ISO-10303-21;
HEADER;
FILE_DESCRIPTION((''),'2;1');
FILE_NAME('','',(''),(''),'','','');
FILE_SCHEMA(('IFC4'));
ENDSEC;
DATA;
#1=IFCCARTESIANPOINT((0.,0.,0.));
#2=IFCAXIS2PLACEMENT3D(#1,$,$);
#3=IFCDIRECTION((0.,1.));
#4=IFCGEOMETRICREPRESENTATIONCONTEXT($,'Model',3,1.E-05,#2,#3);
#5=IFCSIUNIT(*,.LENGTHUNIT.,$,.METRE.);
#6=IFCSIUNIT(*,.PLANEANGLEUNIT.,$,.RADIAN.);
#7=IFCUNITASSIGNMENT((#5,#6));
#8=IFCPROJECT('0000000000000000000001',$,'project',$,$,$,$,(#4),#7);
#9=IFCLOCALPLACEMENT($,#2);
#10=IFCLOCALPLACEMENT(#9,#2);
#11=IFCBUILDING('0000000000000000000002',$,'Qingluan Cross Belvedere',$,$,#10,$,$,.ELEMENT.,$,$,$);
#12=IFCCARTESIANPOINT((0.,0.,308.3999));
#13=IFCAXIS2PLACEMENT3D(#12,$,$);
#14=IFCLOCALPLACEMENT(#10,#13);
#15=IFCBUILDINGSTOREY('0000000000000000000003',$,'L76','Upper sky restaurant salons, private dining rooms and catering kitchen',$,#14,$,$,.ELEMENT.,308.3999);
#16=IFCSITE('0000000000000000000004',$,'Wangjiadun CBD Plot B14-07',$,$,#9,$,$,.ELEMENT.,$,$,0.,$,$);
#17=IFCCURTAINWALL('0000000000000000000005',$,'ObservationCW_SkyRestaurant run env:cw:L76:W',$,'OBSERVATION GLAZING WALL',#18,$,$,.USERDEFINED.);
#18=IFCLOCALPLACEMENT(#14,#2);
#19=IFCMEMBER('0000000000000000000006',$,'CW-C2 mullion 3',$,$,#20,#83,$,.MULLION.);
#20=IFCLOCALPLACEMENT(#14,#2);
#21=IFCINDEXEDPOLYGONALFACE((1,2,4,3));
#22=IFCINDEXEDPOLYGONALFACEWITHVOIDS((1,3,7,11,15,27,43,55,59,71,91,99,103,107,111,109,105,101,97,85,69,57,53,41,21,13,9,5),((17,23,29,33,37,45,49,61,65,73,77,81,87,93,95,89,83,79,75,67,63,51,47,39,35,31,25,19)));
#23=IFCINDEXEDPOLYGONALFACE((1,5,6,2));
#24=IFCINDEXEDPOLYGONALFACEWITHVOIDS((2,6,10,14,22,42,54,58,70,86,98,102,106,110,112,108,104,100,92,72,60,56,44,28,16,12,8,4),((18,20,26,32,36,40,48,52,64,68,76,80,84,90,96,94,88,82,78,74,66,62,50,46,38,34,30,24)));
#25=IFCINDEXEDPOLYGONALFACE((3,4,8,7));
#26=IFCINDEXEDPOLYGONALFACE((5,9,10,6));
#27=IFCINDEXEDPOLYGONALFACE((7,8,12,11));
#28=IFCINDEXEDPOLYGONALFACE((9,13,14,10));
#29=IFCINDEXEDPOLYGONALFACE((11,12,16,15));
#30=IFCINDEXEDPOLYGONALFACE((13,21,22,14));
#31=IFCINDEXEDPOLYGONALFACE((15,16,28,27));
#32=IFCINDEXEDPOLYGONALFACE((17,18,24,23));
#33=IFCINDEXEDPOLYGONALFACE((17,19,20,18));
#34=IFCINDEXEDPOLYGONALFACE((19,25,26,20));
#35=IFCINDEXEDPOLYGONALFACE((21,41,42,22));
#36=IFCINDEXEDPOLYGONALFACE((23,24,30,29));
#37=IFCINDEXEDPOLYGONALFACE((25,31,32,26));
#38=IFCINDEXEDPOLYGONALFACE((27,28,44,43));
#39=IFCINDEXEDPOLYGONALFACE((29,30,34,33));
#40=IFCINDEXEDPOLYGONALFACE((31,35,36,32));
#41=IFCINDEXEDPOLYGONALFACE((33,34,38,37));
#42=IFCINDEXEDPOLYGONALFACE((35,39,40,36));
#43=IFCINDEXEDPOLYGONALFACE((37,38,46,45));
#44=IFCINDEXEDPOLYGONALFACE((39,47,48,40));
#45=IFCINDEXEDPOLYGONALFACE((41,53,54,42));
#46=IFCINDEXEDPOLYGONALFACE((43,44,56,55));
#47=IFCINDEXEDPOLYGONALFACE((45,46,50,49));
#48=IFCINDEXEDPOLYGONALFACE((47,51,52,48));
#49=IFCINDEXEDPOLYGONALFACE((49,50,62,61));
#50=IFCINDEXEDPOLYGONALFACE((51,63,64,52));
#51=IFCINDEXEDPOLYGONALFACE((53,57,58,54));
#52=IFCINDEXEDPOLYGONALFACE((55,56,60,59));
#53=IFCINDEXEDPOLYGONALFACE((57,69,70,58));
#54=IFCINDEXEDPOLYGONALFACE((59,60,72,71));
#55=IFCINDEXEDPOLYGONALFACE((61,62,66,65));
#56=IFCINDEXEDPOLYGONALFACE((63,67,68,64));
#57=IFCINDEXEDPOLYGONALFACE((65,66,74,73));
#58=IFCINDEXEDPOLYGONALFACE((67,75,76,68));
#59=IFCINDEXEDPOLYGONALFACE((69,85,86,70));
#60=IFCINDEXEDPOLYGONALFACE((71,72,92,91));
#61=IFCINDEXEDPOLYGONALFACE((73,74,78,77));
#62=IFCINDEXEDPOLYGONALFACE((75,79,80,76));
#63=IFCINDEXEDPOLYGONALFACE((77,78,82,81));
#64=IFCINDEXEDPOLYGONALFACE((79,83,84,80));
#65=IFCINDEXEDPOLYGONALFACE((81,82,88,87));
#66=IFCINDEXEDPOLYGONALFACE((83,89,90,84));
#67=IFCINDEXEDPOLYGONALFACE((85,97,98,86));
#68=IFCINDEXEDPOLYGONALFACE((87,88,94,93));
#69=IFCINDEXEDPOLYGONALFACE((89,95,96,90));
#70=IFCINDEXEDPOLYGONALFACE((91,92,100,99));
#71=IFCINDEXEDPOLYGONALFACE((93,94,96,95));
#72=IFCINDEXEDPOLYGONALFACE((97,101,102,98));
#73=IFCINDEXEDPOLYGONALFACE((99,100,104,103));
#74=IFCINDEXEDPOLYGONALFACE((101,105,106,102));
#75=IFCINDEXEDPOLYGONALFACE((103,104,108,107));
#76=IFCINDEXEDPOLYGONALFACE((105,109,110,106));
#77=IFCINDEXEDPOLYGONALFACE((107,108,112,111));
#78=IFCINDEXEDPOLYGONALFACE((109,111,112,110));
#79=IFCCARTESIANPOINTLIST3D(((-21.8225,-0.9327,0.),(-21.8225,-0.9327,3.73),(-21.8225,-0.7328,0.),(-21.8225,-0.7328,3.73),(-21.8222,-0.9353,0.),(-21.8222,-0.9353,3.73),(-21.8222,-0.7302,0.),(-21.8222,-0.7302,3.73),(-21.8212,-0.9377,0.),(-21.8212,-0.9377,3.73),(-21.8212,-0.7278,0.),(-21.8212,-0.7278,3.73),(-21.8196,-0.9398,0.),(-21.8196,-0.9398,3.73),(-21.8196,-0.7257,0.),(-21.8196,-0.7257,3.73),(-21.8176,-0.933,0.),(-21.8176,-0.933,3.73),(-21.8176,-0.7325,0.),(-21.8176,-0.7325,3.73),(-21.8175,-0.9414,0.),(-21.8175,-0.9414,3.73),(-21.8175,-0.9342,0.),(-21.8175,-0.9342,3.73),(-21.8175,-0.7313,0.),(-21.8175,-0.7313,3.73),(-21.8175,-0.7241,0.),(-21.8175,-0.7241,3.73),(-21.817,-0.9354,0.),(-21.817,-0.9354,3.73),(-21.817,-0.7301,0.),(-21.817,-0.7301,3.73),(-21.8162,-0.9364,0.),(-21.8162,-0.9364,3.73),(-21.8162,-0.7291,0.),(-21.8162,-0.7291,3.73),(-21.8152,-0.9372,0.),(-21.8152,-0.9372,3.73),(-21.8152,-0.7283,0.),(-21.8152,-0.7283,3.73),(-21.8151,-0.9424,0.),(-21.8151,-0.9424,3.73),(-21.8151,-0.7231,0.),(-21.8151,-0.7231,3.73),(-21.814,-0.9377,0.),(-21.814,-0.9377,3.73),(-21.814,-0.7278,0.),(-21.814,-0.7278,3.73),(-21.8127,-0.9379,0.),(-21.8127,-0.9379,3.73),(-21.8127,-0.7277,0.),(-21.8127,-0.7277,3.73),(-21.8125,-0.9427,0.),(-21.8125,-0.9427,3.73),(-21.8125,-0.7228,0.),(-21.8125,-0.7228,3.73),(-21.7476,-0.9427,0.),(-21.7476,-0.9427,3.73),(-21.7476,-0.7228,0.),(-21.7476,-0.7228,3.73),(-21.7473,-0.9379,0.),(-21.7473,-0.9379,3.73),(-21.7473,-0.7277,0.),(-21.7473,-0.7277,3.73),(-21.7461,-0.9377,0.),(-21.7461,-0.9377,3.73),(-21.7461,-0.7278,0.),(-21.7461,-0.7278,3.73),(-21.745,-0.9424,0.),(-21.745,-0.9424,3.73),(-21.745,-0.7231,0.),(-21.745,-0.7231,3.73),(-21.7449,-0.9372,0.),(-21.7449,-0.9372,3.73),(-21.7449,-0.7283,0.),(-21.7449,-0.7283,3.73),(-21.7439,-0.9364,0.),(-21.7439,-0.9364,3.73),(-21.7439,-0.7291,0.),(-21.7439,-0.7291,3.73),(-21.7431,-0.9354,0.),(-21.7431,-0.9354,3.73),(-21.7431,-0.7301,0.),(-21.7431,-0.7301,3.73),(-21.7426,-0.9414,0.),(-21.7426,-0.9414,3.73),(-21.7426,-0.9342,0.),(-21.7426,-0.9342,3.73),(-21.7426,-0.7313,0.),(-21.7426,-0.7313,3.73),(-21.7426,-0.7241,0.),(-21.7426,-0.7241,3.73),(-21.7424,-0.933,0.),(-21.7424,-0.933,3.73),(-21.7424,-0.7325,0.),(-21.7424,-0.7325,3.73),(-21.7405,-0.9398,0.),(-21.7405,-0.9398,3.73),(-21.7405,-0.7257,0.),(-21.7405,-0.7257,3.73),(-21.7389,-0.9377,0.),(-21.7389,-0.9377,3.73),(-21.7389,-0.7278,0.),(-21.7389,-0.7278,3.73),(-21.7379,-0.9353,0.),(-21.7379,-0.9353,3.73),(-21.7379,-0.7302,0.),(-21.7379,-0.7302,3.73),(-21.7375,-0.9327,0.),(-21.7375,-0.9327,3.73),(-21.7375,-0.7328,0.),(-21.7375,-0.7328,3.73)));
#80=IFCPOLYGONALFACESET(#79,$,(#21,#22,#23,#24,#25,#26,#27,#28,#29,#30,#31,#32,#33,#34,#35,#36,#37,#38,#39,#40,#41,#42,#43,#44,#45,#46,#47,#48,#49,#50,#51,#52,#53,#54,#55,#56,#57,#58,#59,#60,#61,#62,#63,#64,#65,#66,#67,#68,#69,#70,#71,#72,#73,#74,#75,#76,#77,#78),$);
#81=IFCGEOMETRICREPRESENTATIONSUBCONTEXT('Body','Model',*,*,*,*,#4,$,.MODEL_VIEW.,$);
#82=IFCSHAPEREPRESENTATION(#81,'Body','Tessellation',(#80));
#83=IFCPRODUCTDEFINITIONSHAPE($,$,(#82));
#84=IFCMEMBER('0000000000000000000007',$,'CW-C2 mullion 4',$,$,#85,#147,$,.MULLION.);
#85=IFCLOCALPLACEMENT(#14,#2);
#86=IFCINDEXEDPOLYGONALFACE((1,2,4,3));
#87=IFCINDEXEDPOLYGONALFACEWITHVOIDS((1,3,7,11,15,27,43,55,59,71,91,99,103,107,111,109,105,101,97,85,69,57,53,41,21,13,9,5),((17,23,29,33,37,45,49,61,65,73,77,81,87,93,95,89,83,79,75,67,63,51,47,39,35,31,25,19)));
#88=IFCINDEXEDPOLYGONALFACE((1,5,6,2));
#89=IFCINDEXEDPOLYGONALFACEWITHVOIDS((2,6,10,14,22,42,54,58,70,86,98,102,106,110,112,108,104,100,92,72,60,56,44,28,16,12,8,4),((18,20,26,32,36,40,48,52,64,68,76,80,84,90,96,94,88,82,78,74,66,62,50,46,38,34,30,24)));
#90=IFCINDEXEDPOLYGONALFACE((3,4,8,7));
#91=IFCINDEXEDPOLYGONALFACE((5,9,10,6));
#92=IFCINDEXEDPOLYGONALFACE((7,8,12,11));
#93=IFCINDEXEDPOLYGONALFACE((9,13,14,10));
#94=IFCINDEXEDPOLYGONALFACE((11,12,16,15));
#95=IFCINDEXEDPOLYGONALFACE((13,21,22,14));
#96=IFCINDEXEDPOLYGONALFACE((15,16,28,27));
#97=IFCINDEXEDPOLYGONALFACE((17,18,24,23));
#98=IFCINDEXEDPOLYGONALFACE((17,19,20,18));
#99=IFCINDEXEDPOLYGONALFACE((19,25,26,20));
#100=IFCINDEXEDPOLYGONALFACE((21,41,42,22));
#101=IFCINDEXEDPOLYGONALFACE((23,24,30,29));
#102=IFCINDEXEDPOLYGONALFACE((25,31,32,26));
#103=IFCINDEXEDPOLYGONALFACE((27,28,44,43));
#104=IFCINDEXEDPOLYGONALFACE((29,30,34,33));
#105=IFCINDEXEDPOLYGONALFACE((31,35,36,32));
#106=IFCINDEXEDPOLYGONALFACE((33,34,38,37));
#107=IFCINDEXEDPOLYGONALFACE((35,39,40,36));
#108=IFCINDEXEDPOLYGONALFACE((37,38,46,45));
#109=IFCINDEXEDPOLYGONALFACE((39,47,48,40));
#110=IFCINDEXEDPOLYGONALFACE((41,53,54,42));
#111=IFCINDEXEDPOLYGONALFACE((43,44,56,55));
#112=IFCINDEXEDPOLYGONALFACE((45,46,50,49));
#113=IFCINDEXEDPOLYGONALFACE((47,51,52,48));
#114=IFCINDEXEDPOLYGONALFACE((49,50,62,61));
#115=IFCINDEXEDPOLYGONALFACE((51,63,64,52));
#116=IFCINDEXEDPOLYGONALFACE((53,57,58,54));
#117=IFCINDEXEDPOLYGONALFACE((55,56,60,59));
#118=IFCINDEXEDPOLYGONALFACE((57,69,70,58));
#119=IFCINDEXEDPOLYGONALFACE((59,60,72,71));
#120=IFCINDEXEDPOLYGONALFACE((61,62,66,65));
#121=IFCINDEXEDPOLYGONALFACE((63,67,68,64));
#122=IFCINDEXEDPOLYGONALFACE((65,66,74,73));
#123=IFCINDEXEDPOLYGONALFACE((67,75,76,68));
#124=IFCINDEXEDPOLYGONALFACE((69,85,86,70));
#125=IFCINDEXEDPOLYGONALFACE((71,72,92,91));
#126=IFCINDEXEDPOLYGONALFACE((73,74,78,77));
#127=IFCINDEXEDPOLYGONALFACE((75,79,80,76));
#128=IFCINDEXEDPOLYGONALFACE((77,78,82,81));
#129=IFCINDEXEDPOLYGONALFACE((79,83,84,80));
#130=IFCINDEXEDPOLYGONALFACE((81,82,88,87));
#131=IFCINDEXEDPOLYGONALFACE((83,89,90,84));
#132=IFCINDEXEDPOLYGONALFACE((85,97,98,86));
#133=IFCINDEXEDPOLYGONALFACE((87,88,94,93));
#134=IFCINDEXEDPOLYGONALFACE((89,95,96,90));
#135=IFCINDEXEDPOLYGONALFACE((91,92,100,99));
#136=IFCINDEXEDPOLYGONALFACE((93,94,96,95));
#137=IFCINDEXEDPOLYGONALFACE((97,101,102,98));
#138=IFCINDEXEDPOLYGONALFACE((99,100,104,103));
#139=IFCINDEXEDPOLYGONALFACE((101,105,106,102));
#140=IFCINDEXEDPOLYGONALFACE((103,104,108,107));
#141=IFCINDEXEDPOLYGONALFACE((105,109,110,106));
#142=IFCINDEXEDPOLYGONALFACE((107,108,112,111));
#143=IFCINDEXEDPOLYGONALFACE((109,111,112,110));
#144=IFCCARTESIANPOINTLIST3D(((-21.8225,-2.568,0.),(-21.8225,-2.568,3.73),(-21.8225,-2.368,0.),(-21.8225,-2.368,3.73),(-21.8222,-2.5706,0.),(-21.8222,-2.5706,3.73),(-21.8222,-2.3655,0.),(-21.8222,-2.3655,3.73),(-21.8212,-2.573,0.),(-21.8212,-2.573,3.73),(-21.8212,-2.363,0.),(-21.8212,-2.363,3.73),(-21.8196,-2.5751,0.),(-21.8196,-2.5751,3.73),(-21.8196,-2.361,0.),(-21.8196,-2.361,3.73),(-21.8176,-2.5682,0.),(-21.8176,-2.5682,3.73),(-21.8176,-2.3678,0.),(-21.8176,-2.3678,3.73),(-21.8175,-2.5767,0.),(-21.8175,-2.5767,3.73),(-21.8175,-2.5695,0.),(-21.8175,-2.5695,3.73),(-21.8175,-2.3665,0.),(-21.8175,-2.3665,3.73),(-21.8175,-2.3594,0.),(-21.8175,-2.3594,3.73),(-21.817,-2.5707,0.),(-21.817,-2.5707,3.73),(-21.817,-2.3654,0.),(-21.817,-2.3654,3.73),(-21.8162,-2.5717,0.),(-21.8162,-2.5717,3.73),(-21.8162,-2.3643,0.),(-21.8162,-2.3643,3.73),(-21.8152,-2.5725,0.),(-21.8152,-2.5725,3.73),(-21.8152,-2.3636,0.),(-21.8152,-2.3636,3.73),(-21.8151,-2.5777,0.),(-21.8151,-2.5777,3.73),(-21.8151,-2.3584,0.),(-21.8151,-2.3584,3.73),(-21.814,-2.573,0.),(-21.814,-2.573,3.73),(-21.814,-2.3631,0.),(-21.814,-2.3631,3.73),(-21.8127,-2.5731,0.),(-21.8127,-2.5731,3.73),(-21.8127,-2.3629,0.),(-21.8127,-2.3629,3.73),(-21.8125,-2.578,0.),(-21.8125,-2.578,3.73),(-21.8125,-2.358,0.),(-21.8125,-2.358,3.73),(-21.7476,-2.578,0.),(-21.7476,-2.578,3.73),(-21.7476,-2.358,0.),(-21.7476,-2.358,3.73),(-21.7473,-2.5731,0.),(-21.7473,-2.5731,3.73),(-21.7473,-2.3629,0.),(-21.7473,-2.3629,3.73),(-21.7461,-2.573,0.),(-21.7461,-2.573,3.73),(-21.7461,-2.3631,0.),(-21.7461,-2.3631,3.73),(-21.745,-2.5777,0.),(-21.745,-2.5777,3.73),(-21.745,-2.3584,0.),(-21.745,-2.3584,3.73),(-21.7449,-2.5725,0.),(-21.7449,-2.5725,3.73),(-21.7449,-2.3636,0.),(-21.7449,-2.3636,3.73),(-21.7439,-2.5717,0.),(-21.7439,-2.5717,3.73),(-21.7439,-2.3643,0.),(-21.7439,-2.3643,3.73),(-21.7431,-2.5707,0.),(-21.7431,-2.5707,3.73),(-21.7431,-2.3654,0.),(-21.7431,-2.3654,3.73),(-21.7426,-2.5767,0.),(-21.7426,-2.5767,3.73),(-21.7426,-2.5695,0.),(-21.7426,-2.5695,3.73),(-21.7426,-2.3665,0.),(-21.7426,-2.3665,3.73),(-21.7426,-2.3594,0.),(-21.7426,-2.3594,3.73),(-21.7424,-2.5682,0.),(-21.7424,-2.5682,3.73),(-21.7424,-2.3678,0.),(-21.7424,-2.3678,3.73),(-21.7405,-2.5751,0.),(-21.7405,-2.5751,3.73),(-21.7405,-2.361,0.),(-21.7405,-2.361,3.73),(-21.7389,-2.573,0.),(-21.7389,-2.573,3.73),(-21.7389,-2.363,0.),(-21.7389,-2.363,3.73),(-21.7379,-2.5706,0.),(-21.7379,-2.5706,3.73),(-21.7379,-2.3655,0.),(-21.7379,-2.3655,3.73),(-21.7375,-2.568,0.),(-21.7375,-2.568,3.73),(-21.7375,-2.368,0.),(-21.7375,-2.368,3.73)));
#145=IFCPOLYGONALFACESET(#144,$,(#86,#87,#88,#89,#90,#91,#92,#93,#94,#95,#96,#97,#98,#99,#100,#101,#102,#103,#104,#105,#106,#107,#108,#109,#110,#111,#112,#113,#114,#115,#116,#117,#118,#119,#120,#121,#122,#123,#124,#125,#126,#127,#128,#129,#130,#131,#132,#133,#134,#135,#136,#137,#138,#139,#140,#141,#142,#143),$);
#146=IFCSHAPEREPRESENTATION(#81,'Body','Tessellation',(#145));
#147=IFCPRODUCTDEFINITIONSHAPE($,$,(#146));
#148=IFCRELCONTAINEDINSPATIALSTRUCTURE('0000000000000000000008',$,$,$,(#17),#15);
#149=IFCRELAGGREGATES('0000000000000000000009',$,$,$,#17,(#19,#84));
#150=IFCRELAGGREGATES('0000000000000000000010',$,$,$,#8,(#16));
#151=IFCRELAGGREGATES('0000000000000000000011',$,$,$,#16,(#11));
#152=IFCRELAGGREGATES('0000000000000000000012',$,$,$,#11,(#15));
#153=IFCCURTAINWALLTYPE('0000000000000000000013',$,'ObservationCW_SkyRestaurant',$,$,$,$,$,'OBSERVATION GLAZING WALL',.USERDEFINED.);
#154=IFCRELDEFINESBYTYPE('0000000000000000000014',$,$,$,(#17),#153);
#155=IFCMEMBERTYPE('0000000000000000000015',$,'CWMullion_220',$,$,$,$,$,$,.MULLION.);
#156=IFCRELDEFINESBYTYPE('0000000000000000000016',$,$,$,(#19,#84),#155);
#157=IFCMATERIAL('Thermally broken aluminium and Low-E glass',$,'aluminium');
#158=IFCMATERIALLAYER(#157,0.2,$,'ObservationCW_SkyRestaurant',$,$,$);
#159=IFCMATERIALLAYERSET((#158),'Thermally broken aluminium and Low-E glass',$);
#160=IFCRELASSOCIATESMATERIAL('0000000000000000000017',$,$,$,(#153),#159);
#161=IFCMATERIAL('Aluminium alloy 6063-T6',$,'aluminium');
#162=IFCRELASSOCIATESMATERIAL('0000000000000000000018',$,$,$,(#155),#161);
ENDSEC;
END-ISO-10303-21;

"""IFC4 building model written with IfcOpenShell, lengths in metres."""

from ifc_helpers import new_model, si_unit, direction, frame, origin, origin_2d, place, context, subcontext, project, spatial, hollow_rectangle, extrude, material, layer, layer_set, material_profile, profile_set, type_object, element, aggregate, save


model = new_model("IFC4")

# Units and contexts
model_context = context("Model", 3, precision=1e-05, world=origin(), true_north=direction((0.0, 1.0)))
body_context = subcontext(model_context, "Body", "Model", "MODEL_VIEW")
ifc_project = project(units=[si_unit("LENGTHUNIT", "METRE"), si_unit("PLANEANGLEUNIT", "RADIAN")], contexts=[model_context])

# Site, building, storey
site_placement = place(None, origin())
site = spatial("IfcSite", under=ifc_project, at=site_placement, Name="Wangjiadun CBD Plot B14-07", CompositionType="ELEMENT", RefElevation=0.0)
building_placement = place(site_placement, origin())
building = spatial("IfcBuilding", under=site, at=building_placement, Name="Qingluan Cross Belvedere", CompositionType="ELEMENT")
storey_placement = place(building_placement, frame((0.0, 0.0, 308.3999)))
storey = spatial("IfcBuildingStorey", under=building, at=storey_placement, Name="L76", Description="Upper sky restaurant salons, private dining rooms and catering kitchen", CompositionType="ELEMENT", Elevation=308.3999)

# Curtain wall, members
ifc_material_1 = material(Name="Thermally broken aluminium and Low-E glass", Category="aluminium")
ifc_layer_1 = layer(ifc_material_1, 0.2, Name="ObservationCW_SkyRestaurant")
ifc_layer_set_1 = layer_set([ifc_layer_1], Name="Thermally broken aluminium and Low-E glass")
curtain_wall_type = type_object("IfcCurtainWallType", Name="ObservationCW_SkyRestaurant", ElementType="OBSERVATION GLAZING WALL", PredefinedType="USERDEFINED", material=ifc_layer_set_1)
curtain_wall_placement = place(storey_placement, origin())
curtain_wall = element("IfcCurtainWall", 1, at=curtain_wall_placement, inside=storey, type_object=curtain_wall_type, Name="ObservationCW_SkyRestaurant run env:cw:L76:W", ObjectType="OBSERVATION GLAZING WALL", PredefinedType="USERDEFINED")
ifc_material_2 = material(Name="Aluminium alloy 6063-T6", Category="aluminium")
ifc_material_profile_1 = material_profile(ifc_material_2, hollow_rectangle(XDim=0.085, YDim=0.22, WallThickness=0.0049, InnerFilletRadius=0.0049, OuterFilletRadius=0.01, at=origin_2d()), Name="CWM220x85x5")
ifc_profile_set_1 = profile_set([ifc_material_profile_1], Name="Aluminium alloy 6063-T6")
member_type_1 = type_object("IfcMemberType", Name="CWMullion_220", PredefinedType="MULLION", material=ifc_profile_set_1)
member_1_placement = place(storey_placement, frame((-21.78, -0.8328, 0.0), z_axis=(0.0, 0.0, 1.0), x_axis=(1.0, 0.0, 0.0)))
member_1 = element("IfcMember", 2, at=member_1_placement, type_object=member_type_1, Name="CW-C2 mullion 3", PredefinedType="MULLION", context=body_context, shape_type="SweptSolid", body=[
    extrude(hollow_rectangle(XDim=0.085, YDim=0.22, WallThickness=0.0049, InnerFilletRadius=0.0049, OuterFilletRadius=0.01, at=origin_2d()), origin(), (0.0, 0.0, 1.0), 3.73),
])
member_2_placement = place(storey_placement, frame((-21.78, -2.468, 0.0), z_axis=(0.0, 0.0, 1.0), x_axis=(1.0, 0.0, 0.0)))
member_2 = element("IfcMember", 3, at=member_2_placement, type_object=member_type_1, Name="CW-C2 mullion 4", PredefinedType="MULLION", context=body_context, shape_type="SweptSolid", body=[
    extrude(hollow_rectangle(XDim=0.085, YDim=0.22, WallThickness=0.0049, InnerFilletRadius=0.0049, OuterFilletRadius=0.01, at=origin_2d()), origin(), (0.0, 0.0, 1.0), 3.73),
])
aggregate(curtain_wall, [member_1, member_2])

save(model, "model.ifc")
